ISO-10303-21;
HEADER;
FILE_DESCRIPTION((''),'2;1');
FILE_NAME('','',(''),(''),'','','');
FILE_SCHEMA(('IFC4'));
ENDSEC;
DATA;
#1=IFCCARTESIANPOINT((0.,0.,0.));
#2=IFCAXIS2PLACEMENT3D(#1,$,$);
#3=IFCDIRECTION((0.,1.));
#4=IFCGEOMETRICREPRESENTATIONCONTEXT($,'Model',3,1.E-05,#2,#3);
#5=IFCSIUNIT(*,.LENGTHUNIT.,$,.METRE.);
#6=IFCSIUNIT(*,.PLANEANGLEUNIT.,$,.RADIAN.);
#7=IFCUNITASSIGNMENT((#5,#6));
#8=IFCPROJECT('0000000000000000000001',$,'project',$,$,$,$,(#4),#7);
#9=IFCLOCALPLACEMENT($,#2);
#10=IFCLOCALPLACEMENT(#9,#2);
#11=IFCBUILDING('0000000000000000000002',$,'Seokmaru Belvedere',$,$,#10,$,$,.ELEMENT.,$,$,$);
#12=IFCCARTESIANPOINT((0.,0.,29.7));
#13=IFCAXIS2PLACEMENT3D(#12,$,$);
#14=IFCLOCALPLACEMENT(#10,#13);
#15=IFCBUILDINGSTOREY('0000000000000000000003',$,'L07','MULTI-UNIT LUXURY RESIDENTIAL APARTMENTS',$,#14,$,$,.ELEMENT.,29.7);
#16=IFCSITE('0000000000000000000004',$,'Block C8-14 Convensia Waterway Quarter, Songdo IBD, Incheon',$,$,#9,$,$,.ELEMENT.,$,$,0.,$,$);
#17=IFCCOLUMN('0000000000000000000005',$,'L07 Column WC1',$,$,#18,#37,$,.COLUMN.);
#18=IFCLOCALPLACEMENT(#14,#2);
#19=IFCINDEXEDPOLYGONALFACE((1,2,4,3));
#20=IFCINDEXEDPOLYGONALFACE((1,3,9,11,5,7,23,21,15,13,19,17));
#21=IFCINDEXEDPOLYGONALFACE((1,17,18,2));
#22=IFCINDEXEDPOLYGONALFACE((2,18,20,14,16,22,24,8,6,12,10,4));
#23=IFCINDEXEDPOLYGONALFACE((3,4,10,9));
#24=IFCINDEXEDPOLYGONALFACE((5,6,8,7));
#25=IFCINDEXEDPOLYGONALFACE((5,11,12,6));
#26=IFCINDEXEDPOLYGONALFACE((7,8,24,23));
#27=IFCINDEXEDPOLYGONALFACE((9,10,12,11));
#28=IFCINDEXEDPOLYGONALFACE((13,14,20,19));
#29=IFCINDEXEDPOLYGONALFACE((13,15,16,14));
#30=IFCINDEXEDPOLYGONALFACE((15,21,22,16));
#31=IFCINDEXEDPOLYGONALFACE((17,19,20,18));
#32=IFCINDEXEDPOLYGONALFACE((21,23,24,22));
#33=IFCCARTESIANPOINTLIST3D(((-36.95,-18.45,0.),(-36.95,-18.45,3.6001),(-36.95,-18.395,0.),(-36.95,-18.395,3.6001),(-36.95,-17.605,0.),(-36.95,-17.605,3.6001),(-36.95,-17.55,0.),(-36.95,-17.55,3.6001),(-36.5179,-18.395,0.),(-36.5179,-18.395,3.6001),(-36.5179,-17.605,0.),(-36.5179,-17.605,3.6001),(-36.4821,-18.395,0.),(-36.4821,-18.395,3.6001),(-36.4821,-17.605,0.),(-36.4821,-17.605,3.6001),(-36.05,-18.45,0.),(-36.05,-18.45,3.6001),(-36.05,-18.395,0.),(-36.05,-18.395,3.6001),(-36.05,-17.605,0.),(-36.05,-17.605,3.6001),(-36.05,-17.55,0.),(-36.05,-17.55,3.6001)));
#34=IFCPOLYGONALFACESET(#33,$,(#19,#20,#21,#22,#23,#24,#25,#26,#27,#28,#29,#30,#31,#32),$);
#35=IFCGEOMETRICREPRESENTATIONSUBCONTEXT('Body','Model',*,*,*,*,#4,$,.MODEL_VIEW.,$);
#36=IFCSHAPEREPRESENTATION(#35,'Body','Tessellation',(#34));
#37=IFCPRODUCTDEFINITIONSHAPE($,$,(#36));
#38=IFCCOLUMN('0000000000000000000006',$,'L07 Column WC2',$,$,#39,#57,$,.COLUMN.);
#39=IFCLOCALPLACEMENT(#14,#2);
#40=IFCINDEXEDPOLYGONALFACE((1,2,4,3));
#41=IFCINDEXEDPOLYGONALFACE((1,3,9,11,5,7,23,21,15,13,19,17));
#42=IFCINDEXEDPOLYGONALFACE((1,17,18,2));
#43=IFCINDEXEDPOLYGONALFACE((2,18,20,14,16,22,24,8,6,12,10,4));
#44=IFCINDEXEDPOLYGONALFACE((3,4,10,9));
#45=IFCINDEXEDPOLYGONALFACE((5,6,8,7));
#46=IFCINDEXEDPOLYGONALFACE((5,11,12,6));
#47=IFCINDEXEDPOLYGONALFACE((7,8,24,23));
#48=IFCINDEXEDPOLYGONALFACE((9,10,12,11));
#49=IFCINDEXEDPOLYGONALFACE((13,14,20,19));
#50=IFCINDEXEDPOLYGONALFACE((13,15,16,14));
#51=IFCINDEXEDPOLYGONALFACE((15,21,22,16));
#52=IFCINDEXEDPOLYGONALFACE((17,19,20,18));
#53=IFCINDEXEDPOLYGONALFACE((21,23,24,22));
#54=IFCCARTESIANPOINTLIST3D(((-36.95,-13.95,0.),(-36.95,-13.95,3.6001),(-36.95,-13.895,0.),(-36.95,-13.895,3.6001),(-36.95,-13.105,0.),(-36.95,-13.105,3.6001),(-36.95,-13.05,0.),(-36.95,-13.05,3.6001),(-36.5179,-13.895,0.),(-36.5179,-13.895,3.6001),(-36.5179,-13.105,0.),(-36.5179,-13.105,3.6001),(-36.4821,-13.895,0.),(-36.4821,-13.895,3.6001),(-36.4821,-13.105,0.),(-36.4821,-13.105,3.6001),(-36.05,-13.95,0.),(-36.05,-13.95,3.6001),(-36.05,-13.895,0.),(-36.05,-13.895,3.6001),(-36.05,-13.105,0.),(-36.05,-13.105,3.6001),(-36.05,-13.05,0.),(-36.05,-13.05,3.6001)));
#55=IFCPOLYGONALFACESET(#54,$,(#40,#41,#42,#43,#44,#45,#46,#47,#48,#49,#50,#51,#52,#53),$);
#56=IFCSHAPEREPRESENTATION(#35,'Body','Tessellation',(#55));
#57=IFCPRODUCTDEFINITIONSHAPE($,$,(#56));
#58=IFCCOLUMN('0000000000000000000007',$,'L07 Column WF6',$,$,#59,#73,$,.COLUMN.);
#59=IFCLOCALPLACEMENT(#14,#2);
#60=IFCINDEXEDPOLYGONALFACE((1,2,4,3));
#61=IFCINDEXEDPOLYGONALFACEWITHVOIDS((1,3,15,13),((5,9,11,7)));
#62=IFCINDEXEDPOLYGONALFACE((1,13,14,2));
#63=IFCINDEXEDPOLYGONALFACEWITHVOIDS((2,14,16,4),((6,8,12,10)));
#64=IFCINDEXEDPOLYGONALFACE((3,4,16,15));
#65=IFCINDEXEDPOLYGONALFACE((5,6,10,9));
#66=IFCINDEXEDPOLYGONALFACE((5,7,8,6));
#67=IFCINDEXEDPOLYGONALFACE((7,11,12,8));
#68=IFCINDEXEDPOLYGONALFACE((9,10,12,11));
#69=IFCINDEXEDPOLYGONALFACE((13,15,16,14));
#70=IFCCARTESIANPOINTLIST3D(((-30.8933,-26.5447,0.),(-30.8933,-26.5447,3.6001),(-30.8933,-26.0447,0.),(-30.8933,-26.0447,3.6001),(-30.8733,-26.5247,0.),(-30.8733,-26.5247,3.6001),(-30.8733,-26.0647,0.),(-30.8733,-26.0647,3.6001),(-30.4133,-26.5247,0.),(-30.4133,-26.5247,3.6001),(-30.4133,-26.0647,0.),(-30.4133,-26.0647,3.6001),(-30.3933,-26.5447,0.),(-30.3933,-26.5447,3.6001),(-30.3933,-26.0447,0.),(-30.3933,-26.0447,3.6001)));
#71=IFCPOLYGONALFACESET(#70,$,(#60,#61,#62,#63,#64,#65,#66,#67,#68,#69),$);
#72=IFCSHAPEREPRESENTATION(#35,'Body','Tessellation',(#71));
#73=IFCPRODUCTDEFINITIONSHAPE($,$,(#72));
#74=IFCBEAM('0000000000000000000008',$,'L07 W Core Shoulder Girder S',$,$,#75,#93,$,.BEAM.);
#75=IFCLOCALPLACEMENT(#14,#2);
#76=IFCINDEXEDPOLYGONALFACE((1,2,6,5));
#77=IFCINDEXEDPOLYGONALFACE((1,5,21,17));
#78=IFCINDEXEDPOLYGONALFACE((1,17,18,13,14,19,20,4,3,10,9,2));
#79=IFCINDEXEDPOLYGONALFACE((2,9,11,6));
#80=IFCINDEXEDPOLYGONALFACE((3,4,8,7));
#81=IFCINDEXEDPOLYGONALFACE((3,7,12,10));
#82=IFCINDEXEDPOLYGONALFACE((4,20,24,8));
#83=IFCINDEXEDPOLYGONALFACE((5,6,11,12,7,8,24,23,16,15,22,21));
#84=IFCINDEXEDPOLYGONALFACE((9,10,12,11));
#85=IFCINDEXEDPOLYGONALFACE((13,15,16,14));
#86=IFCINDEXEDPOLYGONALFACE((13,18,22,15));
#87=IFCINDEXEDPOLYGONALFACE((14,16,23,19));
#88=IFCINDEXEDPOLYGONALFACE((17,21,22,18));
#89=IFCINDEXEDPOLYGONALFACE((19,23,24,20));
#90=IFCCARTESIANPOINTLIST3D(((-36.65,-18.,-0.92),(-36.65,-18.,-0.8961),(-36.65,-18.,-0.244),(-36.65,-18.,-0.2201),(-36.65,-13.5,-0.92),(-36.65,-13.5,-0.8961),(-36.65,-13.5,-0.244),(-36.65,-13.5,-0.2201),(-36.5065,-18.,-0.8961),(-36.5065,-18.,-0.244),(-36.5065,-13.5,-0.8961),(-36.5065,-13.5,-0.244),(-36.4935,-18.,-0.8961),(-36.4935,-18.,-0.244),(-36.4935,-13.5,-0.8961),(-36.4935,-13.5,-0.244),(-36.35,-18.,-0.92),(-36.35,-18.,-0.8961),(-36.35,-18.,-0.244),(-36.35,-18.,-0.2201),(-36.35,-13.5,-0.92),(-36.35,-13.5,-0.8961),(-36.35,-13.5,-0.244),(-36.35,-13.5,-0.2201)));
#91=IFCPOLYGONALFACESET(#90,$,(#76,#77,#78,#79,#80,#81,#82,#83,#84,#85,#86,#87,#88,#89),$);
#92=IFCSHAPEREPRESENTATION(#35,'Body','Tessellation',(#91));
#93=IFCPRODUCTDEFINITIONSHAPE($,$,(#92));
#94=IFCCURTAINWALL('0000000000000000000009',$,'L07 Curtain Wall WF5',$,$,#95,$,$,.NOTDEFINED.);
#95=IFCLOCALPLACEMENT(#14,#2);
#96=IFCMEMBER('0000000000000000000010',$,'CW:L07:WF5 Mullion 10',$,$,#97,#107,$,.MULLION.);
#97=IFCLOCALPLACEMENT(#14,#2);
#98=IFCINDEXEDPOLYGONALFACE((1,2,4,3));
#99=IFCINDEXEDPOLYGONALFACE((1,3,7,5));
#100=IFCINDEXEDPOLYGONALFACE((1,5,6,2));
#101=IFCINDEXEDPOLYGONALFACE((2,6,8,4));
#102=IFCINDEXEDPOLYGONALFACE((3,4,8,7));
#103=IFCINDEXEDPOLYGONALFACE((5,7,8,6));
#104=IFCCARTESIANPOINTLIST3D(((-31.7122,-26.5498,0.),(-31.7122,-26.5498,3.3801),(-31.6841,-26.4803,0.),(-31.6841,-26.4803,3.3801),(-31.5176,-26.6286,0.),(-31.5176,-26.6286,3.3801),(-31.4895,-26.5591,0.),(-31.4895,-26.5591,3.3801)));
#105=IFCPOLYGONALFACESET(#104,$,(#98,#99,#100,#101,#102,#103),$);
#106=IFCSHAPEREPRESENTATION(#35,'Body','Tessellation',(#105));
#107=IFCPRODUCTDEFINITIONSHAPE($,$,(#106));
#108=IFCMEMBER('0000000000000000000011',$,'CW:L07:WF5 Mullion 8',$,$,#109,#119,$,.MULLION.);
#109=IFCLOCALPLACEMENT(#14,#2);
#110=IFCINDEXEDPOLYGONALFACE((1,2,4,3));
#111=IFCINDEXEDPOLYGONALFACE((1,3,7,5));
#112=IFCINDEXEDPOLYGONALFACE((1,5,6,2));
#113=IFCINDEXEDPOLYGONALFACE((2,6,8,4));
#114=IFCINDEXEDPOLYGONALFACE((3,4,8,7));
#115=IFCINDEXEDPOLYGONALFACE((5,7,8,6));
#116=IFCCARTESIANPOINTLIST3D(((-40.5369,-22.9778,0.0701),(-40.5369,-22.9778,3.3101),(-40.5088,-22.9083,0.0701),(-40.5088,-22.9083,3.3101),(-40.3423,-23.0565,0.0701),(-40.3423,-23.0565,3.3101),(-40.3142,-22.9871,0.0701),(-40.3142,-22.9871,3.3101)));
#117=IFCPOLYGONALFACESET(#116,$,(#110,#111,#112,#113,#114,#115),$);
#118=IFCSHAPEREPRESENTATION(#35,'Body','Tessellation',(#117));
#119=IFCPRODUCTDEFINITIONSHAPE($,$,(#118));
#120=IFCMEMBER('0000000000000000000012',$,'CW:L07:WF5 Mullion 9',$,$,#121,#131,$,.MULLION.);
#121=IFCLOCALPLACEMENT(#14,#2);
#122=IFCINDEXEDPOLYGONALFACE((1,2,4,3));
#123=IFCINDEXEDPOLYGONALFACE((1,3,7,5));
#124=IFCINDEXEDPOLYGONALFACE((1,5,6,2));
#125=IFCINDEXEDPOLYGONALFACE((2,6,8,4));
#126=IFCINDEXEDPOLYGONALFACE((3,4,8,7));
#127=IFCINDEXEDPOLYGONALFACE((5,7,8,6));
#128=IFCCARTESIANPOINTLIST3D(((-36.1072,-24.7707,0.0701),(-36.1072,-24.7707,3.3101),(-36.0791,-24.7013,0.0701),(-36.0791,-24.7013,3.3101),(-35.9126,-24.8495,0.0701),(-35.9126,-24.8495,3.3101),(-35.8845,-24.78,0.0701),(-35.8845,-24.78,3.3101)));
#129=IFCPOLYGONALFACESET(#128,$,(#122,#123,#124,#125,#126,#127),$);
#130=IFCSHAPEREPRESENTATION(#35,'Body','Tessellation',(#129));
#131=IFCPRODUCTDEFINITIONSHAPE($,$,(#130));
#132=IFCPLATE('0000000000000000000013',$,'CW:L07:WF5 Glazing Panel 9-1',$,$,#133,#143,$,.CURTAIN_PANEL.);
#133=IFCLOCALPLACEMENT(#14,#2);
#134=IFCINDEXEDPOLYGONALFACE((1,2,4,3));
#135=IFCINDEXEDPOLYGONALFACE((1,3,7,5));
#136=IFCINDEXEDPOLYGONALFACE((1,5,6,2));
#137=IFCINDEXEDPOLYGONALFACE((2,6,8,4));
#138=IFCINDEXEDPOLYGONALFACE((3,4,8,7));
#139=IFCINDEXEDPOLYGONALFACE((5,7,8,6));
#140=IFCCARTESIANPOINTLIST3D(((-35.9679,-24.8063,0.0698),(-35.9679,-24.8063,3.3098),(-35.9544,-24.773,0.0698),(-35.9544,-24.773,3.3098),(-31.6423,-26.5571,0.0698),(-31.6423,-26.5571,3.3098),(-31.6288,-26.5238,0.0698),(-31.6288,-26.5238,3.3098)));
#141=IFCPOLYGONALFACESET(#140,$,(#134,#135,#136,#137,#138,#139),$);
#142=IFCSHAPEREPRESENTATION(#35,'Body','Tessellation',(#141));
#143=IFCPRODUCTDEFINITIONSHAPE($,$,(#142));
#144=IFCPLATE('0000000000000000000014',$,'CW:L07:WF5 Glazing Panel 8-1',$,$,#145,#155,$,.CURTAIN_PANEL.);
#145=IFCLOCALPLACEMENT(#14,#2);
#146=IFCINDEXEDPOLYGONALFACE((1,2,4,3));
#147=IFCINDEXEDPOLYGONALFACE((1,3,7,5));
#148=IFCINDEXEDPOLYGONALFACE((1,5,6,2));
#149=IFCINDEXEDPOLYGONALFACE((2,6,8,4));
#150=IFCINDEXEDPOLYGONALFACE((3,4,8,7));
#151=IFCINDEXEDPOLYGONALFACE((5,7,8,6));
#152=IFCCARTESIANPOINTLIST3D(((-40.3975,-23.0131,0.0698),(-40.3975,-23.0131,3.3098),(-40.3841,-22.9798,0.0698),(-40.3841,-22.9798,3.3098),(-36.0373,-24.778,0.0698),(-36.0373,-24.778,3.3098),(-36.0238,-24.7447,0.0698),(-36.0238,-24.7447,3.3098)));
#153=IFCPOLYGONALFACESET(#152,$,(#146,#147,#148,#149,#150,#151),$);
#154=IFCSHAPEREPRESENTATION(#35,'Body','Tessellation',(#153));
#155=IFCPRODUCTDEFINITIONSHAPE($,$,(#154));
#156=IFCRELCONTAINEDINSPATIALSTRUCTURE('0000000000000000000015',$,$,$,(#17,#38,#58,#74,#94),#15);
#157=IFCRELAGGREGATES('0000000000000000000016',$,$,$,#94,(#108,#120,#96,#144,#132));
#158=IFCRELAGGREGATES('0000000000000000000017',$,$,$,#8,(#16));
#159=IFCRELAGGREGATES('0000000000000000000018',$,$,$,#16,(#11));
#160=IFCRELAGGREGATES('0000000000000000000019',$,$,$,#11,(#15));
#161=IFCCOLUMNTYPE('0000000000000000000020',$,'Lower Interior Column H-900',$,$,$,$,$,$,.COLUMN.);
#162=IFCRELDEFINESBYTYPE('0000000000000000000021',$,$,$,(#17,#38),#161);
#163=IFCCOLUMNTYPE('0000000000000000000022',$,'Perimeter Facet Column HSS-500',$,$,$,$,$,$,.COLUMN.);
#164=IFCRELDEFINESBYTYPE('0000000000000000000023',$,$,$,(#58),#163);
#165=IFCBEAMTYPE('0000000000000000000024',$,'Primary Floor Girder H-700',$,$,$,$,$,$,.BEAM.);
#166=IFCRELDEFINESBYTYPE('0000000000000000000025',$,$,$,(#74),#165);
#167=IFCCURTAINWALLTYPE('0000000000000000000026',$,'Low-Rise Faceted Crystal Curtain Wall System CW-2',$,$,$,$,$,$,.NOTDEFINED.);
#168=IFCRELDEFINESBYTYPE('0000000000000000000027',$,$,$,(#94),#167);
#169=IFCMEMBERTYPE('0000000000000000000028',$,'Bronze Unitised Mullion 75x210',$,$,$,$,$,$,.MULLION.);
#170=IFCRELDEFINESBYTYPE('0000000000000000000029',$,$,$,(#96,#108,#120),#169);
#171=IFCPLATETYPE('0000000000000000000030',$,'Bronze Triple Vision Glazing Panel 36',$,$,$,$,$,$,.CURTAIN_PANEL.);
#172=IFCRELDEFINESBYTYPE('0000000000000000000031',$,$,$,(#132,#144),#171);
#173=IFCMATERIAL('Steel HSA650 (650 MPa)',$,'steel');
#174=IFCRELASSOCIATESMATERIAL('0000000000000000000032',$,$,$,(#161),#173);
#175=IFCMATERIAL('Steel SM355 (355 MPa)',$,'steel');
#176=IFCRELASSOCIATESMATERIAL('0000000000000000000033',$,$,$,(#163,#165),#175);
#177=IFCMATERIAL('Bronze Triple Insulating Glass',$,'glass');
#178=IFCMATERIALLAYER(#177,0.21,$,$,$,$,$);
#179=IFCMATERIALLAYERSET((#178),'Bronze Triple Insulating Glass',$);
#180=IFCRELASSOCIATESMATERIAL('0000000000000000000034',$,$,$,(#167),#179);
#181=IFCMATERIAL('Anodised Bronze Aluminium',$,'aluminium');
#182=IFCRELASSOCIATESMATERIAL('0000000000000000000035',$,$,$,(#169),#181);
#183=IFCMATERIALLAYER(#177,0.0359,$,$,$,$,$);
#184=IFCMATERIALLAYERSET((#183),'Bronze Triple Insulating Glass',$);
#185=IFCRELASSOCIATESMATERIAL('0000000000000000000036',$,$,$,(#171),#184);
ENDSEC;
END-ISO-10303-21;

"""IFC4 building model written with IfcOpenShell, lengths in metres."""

from ifc_helpers import new_model, si_unit, direction, frame, origin, origin_2d, place, context, subcontext, project, spatial, rectangle, hollow_rectangle, i_section, extrude, source, transform, mapped, material, layer, layer_set, material_profile, profile_set, type_object, type_shapes, element, aggregate, save


model = new_model("IFC4")

# Units and contexts
model_context = context("Model", 3, precision=1e-05, world=origin(), true_north=direction((0.0, 1.0)))
body_context = subcontext(model_context, "Body", "Model", "MODEL_VIEW")
ifc_project = project(units=[si_unit("LENGTHUNIT", "METRE"), si_unit("PLANEANGLEUNIT", "RADIAN")], contexts=[model_context])

# Site, building, storey
site_placement = place(None, origin())
site = spatial("IfcSite", under=ifc_project, at=site_placement, Name="Block C8-14 Convensia Waterway Quarter, Songdo IBD, Incheon", CompositionType="ELEMENT", RefElevation=0.0)
building_placement = place(site_placement, origin())
building = spatial("IfcBuilding", under=site, at=building_placement, Name="Seokmaru Belvedere", CompositionType="ELEMENT")
storey_placement = place(building_placement, frame((0.0, 0.0, 29.7)))
storey = spatial("IfcBuildingStorey", under=building, at=storey_placement, Name="L07", Description="MULTI-UNIT LUXURY RESIDENTIAL APARTMENTS", CompositionType="ELEMENT", Elevation=29.7)

# Columns
ifc_material_1 = material(Name="Steel HSA650 (650 MPa)", Category="steel")
ifc_material_profile_1 = material_profile(ifc_material_1, i_section(OverallWidth=0.8999, OverallDepth=0.8999, WebThickness=0.0359, FlangeThickness=0.0549, at=origin_2d()), Name="H-900x900x36x55")
ifc_profile_set_1 = profile_set([ifc_material_profile_1], Name="Steel HSA650 (650 MPa)")
column_type_1 = type_object("IfcColumnType", Name="Lower Interior Column H-900", PredefinedType="COLUMN", material=ifc_profile_set_1)
shared_shape_1 = source(origin(), body_context, "Body", "SweptSolid", [
    extrude(i_section(OverallWidth=0.8999, OverallDepth=0.8999, WebThickness=0.0359, FlangeThickness=0.0549, at=origin_2d()), origin(), (0.0, 0.0, 1.0), 3.6001),
])
type_shapes(column_type_1, [shared_shape_1])
for number, where, z_axis, x_axis, name in (
    (1, (-36.5, -18.0, 0.0), (0.0, 0.0, 1.0), (1.0, 0.0, 0.0), "L07 Column WC1"),
    (2, (-36.5, -13.5, 0.0), (0.0, 0.0, 1.0), (1.0, 0.0, 0.0), "L07 Column WC2"),
):
    element("IfcColumn", number, at=place(storey_placement, frame(where, z_axis=z_axis, x_axis=x_axis)), inside=storey, type_object=column_type_1, Name=name, PredefinedType="COLUMN", context=body_context, shape_type="MappedRepresentation", body=[
        mapped(shared_shape_1, transform((0.0, 0.0, 0.0), scale=1.0)),
    ])
ifc_material_2 = material(Name="Steel SM355 (355 MPa)", Category="steel")
ifc_material_profile_2 = material_profile(ifc_material_2, hollow_rectangle(XDim=0.5, YDim=0.5, WallThickness=0.02, at=origin_2d()), Name="HSS-500x500x20")
ifc_profile_set_2 = profile_set([ifc_material_profile_2], Name="Steel SM355 (355 MPa)")
column_type_2 = type_object("IfcColumnType", Name="Perimeter Facet Column HSS-500", PredefinedType="COLUMN", material=ifc_profile_set_2)
shared_shape_2 = source(origin(), body_context, "Body", "SweptSolid", [
    extrude(hollow_rectangle(XDim=0.5, YDim=0.5, WallThickness=0.02, at=origin_2d()), origin(), (0.0, 0.0, 1.0), 3.6001),
])
type_shapes(column_type_2, [shared_shape_2])
column_placement = place(storey_placement, frame((-30.6433, -26.2947, 0.0), z_axis=(0.0, 0.0, 1.0), x_axis=(1.0, 0.0, 0.0)))
element("IfcColumn", 3, at=column_placement, inside=storey, type_object=column_type_2, Name="L07 Column WF6", PredefinedType="COLUMN", context=body_context, shape_type="MappedRepresentation", body=[
    mapped(shared_shape_2, transform((0.0, 0.0, 0.0), scale=1.0)),
])

# Beam
ifc_material_profile_3 = material_profile(ifc_material_2, i_section(OverallWidth=0.3, OverallDepth=0.7, WebThickness=0.0129, FlangeThickness=0.0239, at=origin_2d()), Name="H-700x300x13x24")
ifc_profile_set_3 = profile_set([ifc_material_profile_3], Name="Steel SM355 (355 MPa)")
beam_type = type_object("IfcBeamType", Name="Primary Floor Girder H-700", PredefinedType="BEAM", material=ifc_profile_set_3)
shared_shape_3 = source(origin(), body_context, "Body", "SweptSolid", [
    extrude(i_section(OverallWidth=0.3, OverallDepth=0.7, WebThickness=0.0129, FlangeThickness=0.0239, at=origin_2d()), origin(), (0.0, 0.0, 1.0), 4.5),
])
type_shapes(beam_type, [shared_shape_3])
beam_placement = place(storey_placement, frame((-36.5, -18.0, -0.5701), z_axis=(0.0, 1.0, 0.0), x_axis=(-1.0, 0.0, 0.0)))
element("IfcBeam", 4, at=beam_placement, inside=storey, type_object=beam_type, Name="L07 W Core Shoulder Girder S", PredefinedType="BEAM", context=body_context, shape_type="MappedRepresentation", body=[
    mapped(shared_shape_3, transform((0.0, 0.0, 0.0), scale=1.0)),
])

# Curtain wall, members, plates
ifc_material_3 = material(Name="Bronze Triple Insulating Glass", Category="glass")
ifc_layer_1 = layer(ifc_material_3, 0.21)
ifc_layer_set_1 = layer_set([ifc_layer_1], Name="Bronze Triple Insulating Glass")
curtain_wall_type = type_object("IfcCurtainWallType", Name="Low-Rise Faceted Crystal Curtain Wall System CW-2", PredefinedType="NOTDEFINED", material=ifc_layer_set_1)
curtain_wall_placement = place(storey_placement, origin())
curtain_wall = element("IfcCurtainWall", 5, at=curtain_wall_placement, inside=storey, type_object=curtain_wall_type, Name="L07 Curtain Wall WF5", PredefinedType="NOTDEFINED")
ifc_material_4 = material(Name="Anodised Bronze Aluminium", Category="aluminium")
ifc_material_profile_4 = material_profile(ifc_material_4, rectangle(XDim=0.075, YDim=0.21, at=origin_2d()), Name="CW-M-75x210")
ifc_profile_set_4 = profile_set([ifc_material_profile_4], Name="Anodised Bronze Aluminium")
member_type = type_object("IfcMemberType", Name="Bronze Unitised Mullion 75x210", PredefinedType="MULLION", material=ifc_profile_set_4)
shared_shape_4 = source(origin(), body_context, "Body", "SweptSolid", [
    extrude(rectangle(XDim=0.075, YDim=0.21, at=origin_2d()), origin(), (0.0, 0.0, 1.0), 3.3801),
])
member_1_placement = place(storey_placement, frame((-31.6008, -26.5544, 0.0), z_axis=(0.0, 0.0, 1.0), x_axis=(0.375192, 0.926947, 0.0)))
member_1 = element("IfcMember", 6, at=member_1_placement, type_object=member_type, Name="CW:L07:WF5 Mullion 10", PredefinedType="MULLION", context=body_context, shape_type="MappedRepresentation", body=[
    mapped(shared_shape_4, transform((0.0, 0.0, 0.0), scale=1.0)),
])
shared_shape_5 = source(origin(), body_context, "Body", "SweptSolid", [
    extrude(rectangle(XDim=0.075, YDim=0.21, at=origin_2d()), origin(), (0.0, 0.0, 1.0), 3.24),
])
type_shapes(member_type, [shared_shape_4, shared_shape_5])
member_2_placement = place(storey_placement, frame((-40.4255, -22.9824, 0.0701), z_axis=(0.0, 0.0, 1.0), x_axis=(0.375192, 0.926947, 0.0)))
member_2 = element("IfcMember", 7, at=member_2_placement, type_object=member_type, Name="CW:L07:WF5 Mullion 8", PredefinedType="MULLION", context=body_context, shape_type="MappedRepresentation", body=[
    mapped(shared_shape_5, transform((0.0, 0.0, 0.0), scale=1.0)),
])
member_3_placement = place(storey_placement, frame((-35.9958, -24.7754, 0.0701), z_axis=(0.0, 0.0, 1.0), x_axis=(0.375192, 0.926947, 0.0)))
member_3 = element("IfcMember", 8, at=member_3_placement, type_object=member_type, Name="CW:L07:WF5 Mullion 9", PredefinedType="MULLION", context=body_context, shape_type="MappedRepresentation", body=[
    mapped(shared_shape_5, transform((0.0, 0.0, 0.0), scale=1.0)),
])
ifc_layer_2 = layer(ifc_material_3, 0.0359)
ifc_layer_set_2 = layer_set([ifc_layer_2], Name="Bronze Triple Insulating Glass")
plate_type = type_object("IfcPlateType", Name="Bronze Triple Vision Glazing Panel 36", PredefinedType="CURTAIN_PANEL", material=ifc_layer_set_2)
shared_shape_6 = source(origin(), body_context, "Body", "SweptSolid", [
    extrude(rectangle(XDim=4.6665, YDim=0.0359, at=origin_2d()), origin(), (0.0, 0.0, 1.0), 3.24),
])
plate_1_placement = place(storey_placement, frame((-33.7983, -25.665, 0.0698), z_axis=(0.0, 0.0, 1.0), x_axis=(0.926947, -0.375192, 0.0)))
plate_1 = element("IfcPlate", 9, at=plate_1_placement, type_object=plate_type, Name="CW:L07:WF5 Glazing Panel 9-1", PredefinedType="CURTAIN_PANEL", context=body_context, shape_type="MappedRepresentation", body=[
    mapped(shared_shape_6, transform((0.0, 0.0, 0.0), scale=1.0)),
])
shared_shape_7 = source(origin(), body_context, "Body", "SweptSolid", [
    extrude(rectangle(XDim=4.7039, YDim=0.0359, at=origin_2d()), origin(), (0.0, 0.0, 1.0), 3.24),
])
type_shapes(plate_type, [shared_shape_6, shared_shape_7])
plate_2_placement = place(storey_placement, frame((-38.2107, -23.8789, 0.0698), z_axis=(0.0, 0.0, 1.0), x_axis=(0.926947, -0.375192, 0.0)))
plate_2 = element("IfcPlate", 10, at=plate_2_placement, type_object=plate_type, Name="CW:L07:WF5 Glazing Panel 8-1", PredefinedType="CURTAIN_PANEL", context=body_context, shape_type="MappedRepresentation", body=[
    mapped(shared_shape_7, transform((0.0, 0.0, 0.0), scale=1.0)),
])
aggregate(curtain_wall, [member_2, member_3, member_1, plate_2, plate_1])

save(model, "model.ifc")
